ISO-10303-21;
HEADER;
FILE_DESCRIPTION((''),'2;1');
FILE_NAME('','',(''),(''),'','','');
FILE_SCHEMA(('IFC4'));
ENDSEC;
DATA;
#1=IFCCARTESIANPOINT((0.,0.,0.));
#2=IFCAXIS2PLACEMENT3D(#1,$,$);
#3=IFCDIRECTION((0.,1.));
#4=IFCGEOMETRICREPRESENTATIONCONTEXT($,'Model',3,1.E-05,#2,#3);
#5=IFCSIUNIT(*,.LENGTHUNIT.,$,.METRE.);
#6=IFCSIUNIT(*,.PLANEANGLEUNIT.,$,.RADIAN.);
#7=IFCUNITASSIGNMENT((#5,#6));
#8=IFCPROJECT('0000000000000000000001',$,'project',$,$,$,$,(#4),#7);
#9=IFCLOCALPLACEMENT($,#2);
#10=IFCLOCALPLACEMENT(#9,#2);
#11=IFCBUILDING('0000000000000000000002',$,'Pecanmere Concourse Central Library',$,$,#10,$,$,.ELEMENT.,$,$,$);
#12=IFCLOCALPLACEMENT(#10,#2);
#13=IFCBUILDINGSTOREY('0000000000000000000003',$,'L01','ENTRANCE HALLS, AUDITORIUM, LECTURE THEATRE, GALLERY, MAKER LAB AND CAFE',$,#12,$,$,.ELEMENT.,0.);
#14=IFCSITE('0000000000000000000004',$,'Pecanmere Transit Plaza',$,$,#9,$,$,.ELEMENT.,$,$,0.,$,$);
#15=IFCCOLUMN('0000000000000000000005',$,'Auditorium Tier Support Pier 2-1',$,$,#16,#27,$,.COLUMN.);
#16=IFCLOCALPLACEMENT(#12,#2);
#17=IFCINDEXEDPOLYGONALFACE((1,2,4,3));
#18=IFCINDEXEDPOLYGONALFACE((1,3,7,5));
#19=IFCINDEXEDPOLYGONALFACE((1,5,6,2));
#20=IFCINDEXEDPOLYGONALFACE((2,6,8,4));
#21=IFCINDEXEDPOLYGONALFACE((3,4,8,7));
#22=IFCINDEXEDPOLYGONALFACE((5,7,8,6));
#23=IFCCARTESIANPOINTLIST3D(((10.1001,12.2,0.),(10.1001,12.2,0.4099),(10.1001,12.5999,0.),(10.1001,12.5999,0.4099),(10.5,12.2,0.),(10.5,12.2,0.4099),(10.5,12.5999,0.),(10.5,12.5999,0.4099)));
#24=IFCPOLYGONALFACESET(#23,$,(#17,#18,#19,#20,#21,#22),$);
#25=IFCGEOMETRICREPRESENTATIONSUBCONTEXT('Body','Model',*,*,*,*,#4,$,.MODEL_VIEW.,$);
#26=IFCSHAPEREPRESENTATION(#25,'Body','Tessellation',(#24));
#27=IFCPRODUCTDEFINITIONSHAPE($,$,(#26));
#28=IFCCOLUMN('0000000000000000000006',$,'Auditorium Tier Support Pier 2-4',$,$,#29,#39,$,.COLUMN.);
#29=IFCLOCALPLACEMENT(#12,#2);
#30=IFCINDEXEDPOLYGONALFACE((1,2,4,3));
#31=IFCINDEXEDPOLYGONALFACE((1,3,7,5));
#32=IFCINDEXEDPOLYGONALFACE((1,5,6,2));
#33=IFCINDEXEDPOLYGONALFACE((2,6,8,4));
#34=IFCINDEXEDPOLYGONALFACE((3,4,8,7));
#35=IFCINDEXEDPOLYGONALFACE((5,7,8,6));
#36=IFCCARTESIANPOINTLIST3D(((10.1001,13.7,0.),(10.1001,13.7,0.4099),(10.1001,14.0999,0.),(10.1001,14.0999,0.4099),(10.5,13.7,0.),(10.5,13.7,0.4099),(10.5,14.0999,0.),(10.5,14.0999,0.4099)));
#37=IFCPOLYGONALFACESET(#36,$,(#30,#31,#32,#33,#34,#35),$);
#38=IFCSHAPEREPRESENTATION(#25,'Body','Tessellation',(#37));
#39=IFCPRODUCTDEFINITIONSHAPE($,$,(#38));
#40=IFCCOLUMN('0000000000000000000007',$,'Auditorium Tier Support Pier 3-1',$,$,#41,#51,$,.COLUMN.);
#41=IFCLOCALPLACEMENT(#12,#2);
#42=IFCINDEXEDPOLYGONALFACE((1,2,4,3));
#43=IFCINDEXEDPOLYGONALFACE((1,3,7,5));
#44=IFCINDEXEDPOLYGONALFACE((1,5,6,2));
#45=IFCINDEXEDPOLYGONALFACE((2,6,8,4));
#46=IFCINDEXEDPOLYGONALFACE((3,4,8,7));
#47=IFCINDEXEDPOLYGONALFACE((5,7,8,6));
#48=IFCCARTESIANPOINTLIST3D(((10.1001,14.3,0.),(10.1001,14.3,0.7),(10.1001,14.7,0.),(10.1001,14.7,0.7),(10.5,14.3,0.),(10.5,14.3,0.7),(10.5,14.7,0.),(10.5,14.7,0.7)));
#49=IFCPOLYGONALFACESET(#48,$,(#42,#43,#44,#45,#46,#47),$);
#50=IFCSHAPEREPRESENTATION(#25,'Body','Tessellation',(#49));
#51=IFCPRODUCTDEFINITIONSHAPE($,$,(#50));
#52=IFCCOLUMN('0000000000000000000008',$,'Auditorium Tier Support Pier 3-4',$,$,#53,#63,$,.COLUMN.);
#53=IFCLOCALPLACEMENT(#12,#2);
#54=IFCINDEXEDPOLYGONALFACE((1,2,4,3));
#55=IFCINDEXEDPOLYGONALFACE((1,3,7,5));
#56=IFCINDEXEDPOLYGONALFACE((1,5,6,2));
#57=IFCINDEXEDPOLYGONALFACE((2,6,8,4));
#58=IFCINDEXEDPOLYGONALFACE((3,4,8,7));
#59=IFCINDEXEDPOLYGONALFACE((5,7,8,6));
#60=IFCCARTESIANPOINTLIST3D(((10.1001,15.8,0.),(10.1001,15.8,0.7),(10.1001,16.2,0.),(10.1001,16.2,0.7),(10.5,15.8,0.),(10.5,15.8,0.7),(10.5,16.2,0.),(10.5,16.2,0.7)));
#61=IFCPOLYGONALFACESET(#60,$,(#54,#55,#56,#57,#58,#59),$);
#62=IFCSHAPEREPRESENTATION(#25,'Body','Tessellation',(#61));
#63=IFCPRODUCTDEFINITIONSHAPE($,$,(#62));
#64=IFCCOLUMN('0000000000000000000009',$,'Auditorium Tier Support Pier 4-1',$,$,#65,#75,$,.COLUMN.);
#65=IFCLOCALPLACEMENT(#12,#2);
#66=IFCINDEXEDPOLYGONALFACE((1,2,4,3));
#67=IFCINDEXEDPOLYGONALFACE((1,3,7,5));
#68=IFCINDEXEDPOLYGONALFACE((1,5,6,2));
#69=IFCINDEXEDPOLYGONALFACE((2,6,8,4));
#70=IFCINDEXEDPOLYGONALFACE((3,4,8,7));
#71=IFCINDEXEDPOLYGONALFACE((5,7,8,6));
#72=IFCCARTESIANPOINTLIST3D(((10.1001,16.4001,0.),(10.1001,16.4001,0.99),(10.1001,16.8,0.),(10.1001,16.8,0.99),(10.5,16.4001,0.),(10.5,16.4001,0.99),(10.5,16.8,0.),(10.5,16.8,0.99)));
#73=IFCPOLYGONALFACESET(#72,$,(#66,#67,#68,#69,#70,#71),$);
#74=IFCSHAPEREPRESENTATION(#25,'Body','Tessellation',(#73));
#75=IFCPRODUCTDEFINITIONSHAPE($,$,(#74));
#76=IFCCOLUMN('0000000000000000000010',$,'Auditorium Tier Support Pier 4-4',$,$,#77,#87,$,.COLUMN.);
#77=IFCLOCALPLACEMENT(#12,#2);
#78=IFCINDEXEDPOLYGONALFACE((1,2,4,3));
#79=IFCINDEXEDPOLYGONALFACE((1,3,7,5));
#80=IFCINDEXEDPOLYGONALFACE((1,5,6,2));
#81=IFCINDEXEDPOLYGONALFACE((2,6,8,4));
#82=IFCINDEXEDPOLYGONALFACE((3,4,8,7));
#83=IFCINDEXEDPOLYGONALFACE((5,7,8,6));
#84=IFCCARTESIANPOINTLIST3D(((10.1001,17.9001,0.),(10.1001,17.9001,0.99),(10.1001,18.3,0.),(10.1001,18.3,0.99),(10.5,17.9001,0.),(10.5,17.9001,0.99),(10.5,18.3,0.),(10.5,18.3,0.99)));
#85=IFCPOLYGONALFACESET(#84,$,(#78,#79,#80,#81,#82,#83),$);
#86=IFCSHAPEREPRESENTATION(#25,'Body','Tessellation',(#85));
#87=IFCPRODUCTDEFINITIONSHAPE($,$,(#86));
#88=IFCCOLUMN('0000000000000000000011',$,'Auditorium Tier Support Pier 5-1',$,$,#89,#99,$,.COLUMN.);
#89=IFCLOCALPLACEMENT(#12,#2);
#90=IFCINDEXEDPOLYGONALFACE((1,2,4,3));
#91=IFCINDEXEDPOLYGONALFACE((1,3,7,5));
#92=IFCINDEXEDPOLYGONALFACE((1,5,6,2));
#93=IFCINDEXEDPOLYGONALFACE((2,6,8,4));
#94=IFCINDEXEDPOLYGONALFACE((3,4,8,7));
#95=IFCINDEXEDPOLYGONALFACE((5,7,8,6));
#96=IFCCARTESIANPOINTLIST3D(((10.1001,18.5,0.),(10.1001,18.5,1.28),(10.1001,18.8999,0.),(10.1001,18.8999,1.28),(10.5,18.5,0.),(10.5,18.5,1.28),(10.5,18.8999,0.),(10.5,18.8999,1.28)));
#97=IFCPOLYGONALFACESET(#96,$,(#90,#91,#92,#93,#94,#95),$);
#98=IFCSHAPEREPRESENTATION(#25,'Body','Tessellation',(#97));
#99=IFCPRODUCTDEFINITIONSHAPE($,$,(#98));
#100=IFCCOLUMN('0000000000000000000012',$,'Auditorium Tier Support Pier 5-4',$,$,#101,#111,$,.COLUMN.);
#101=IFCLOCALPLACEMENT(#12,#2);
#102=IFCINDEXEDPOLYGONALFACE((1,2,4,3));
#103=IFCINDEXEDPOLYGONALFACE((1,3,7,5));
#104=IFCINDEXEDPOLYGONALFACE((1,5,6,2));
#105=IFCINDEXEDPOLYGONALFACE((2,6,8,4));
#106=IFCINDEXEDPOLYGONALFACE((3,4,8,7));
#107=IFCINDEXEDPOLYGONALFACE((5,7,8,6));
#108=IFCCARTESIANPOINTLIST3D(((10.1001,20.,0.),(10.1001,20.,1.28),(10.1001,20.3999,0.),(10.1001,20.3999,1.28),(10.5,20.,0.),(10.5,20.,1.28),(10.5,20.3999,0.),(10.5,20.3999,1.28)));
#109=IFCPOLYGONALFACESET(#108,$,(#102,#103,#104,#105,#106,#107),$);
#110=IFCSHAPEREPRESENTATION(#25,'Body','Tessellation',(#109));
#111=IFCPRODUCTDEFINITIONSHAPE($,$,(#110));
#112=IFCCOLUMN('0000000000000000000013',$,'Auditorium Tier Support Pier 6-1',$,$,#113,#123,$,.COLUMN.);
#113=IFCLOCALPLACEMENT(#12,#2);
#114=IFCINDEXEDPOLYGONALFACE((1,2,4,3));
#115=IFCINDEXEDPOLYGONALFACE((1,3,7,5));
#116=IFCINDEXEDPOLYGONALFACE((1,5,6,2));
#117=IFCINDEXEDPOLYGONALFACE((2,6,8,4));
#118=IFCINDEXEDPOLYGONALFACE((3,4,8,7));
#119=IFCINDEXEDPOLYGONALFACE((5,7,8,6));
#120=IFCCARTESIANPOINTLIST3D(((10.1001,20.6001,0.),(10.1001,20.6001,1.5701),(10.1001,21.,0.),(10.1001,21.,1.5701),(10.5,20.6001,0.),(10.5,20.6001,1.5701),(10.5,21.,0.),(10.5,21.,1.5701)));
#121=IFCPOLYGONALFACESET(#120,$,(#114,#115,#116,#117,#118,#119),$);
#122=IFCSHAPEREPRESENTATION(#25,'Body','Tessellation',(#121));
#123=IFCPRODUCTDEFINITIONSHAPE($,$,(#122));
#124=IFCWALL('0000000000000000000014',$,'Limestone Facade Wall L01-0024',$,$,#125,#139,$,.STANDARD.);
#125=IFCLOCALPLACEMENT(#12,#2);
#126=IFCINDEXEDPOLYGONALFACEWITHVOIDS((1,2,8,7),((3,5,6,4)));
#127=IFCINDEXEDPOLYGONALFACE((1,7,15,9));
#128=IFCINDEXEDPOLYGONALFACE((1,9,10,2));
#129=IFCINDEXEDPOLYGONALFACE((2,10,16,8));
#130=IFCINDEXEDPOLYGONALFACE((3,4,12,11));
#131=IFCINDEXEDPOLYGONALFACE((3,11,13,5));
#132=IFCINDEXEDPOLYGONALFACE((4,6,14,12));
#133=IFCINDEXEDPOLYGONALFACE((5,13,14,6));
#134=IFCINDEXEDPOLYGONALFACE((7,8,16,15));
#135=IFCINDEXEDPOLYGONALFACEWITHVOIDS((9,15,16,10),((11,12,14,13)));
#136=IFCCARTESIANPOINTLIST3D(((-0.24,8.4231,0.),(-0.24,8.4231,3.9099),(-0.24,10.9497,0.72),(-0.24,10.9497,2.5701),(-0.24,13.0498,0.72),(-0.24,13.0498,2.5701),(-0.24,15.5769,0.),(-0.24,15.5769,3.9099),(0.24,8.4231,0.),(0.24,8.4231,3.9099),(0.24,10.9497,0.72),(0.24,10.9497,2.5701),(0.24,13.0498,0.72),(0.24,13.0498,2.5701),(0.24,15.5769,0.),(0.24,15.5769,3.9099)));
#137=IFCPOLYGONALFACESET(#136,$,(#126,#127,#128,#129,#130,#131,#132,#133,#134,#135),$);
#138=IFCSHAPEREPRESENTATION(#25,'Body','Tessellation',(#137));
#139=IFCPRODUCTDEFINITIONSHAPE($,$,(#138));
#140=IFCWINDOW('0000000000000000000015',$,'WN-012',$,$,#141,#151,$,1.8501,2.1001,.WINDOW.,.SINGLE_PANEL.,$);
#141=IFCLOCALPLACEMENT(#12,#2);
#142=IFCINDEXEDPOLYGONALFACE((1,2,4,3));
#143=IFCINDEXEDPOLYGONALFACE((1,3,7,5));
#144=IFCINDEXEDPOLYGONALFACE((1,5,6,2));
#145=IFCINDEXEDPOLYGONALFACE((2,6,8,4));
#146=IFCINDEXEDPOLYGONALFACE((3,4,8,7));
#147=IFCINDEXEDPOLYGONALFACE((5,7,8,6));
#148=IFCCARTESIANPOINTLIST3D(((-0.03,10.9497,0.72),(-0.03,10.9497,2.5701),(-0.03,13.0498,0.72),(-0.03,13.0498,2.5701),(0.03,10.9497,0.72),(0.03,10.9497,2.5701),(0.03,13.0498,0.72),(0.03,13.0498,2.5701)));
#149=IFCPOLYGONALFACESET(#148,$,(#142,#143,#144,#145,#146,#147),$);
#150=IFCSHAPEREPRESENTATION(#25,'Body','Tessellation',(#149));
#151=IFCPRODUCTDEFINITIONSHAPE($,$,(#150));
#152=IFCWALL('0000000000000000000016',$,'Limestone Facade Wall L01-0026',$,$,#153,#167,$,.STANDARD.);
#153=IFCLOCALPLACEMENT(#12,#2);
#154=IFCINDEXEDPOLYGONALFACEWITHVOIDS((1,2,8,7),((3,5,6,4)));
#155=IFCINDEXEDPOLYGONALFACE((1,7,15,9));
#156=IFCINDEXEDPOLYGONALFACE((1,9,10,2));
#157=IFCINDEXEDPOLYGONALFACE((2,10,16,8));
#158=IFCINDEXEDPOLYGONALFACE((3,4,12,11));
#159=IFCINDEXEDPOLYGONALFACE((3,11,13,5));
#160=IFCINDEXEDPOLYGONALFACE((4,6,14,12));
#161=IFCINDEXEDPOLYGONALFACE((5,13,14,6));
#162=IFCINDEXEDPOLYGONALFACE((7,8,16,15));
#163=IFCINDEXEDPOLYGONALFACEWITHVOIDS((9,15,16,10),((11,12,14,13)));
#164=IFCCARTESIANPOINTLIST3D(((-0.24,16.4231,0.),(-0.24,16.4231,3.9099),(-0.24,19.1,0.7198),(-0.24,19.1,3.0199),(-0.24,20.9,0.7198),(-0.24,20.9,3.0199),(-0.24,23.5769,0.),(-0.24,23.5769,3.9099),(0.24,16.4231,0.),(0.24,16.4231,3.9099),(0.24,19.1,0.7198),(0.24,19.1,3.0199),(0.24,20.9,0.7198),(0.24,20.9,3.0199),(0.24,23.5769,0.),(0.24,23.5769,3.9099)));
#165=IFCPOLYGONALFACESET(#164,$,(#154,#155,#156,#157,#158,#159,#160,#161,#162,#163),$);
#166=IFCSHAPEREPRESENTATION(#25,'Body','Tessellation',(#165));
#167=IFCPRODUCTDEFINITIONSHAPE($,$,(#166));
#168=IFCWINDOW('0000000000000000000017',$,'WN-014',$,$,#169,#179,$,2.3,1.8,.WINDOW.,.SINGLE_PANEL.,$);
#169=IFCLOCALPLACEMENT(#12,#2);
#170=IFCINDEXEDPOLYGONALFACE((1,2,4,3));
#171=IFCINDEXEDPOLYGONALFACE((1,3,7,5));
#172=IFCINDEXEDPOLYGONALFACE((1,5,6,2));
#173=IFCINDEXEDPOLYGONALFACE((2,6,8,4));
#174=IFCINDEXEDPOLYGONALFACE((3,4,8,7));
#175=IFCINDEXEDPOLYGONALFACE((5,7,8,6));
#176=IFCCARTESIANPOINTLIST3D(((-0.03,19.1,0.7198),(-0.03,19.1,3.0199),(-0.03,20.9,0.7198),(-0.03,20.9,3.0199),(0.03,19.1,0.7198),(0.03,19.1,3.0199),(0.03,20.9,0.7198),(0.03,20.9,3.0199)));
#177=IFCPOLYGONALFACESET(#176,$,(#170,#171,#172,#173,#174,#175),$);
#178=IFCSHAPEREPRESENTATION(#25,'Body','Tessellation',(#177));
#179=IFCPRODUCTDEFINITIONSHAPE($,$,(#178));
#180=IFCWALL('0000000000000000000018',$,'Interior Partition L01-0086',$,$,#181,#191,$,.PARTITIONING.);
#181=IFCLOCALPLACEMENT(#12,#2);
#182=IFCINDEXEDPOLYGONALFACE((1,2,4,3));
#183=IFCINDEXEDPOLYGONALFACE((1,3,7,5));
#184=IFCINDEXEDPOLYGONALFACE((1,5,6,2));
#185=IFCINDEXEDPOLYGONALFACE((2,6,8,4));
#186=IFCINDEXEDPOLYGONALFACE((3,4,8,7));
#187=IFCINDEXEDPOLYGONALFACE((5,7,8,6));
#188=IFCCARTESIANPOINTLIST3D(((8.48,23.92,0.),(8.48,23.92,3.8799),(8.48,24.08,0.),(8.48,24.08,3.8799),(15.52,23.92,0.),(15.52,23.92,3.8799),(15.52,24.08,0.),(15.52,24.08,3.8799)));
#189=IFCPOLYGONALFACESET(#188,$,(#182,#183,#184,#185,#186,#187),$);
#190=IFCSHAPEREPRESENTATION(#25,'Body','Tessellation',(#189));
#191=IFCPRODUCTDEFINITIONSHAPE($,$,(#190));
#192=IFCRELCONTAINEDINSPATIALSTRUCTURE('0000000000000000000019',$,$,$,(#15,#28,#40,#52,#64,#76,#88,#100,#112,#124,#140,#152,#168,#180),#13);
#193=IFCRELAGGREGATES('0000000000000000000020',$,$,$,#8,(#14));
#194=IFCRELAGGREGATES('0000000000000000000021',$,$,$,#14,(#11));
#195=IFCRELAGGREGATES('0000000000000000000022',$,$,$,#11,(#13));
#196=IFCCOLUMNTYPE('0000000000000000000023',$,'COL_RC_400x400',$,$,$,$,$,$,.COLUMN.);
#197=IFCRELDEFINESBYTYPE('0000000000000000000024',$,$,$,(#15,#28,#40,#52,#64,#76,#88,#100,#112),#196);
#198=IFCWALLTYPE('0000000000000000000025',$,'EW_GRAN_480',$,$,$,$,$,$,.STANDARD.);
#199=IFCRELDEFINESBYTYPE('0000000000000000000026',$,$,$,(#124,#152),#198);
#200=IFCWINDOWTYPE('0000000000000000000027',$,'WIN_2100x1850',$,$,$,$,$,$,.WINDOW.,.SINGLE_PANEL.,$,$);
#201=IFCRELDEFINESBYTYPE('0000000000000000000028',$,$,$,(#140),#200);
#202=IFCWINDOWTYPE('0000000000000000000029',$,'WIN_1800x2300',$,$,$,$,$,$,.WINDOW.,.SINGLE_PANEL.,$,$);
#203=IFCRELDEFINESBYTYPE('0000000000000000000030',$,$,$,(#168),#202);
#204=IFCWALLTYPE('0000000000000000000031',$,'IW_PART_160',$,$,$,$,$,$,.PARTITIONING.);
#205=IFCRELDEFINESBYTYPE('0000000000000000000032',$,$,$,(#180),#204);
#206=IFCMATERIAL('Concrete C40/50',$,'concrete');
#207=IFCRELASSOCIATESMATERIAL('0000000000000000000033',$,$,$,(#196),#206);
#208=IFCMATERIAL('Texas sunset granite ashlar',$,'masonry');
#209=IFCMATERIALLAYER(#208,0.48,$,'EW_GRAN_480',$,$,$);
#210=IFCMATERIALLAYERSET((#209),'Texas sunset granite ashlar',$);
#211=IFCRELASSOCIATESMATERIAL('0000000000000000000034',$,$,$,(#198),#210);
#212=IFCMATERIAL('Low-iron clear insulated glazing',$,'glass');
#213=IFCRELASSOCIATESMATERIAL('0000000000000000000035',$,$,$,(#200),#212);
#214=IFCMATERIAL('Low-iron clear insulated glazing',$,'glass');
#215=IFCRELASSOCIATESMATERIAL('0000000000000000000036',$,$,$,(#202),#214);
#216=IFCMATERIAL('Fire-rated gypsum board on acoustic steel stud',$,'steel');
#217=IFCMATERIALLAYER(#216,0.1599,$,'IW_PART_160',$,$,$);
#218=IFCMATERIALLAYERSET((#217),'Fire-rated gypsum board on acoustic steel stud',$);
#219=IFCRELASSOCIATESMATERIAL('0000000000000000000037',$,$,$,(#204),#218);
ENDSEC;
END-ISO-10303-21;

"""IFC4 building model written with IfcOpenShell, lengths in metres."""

from ifc_helpers import new_model, si_unit, direction, frame, frame_2d, origin, origin_2d, place, context, subcontext, project, spatial, rectangle, extrude, material, layer, layer_set, material_profile, profile_set, type_object, element, fill, save


model = new_model("IFC4")

# Units and contexts
model_context = context("Model", 3, precision=1e-05, world=origin(), true_north=direction((0.0, 1.0)))
body_context = subcontext(model_context, "Body", "Model", "MODEL_VIEW")
ifc_project = project(units=[si_unit("LENGTHUNIT", "METRE"), si_unit("PLANEANGLEUNIT", "RADIAN")], contexts=[model_context])

# Site, building, storey
site_placement = place(None, origin())
site = spatial("IfcSite", under=ifc_project, at=site_placement, Name="Pecanmere Transit Plaza", CompositionType="ELEMENT", RefElevation=0.0)
building_placement = place(site_placement, origin())
building = spatial("IfcBuilding", under=site, at=building_placement, Name="Pecanmere Concourse Central Library", CompositionType="ELEMENT")
storey_placement = place(building_placement, origin())
storey = spatial("IfcBuildingStorey", under=building, at=storey_placement, Name="L01", Description="ENTRANCE HALLS, AUDITORIUM, LECTURE THEATRE, GALLERY, MAKER LAB AND CAFE", CompositionType="ELEMENT", Elevation=0.0)

# Columns
ifc_material_1 = material(Name="Concrete C40/50", Category="concrete")
ifc_material_profile_1 = material_profile(ifc_material_1, rectangle(XDim=0.3999, YDim=0.3999, at=origin_2d()), Name="RC 400x400")
ifc_profile_set_1 = profile_set([ifc_material_profile_1], Name="Concrete C40/50")
column_type_1 = type_object("IfcColumnType", Name="COL_RC_400x400", PredefinedType="COLUMN", material=ifc_profile_set_1)
for number, where, z_axis, x_axis, name in (
    (1, (10.3, 12.3999, 0.0), (0.0, 0.0, 1.0), (1.0, 0.0, 0.0), "Auditorium Tier Support Pier 2-1"),
    (2, (10.3, 13.8999, 0.0), (0.0, 0.0, 1.0), (1.0, 0.0, 0.0), "Auditorium Tier Support Pier 2-4"),
):
    element("IfcColumn", number, at=place(storey_placement, frame(where, z_axis=z_axis, x_axis=x_axis)), inside=storey, type_object=column_type_1, Name=name, PredefinedType="COLUMN", context=body_context, shape_type="SweptSolid", body=[
        extrude(rectangle(XDim=0.3999, YDim=0.3999, at=origin_2d()), origin(), (0.0, 0.0, 1.0), 0.4099),
    ])
for number, where, z_axis, x_axis, name in (
    (3, (10.3, 14.5, 0.0), (0.0, 0.0, 1.0), (1.0, 0.0, 0.0), "Auditorium Tier Support Pier 3-1"),
    (4, (10.3, 16.0, 0.0), (0.0, 0.0, 1.0), (1.0, 0.0, 0.0), "Auditorium Tier Support Pier 3-4"),
):
    element("IfcColumn", number, at=place(storey_placement, frame(where, z_axis=z_axis, x_axis=x_axis)), inside=storey, type_object=column_type_1, Name=name, PredefinedType="COLUMN", context=body_context, shape_type="SweptSolid", body=[
        extrude(rectangle(XDim=0.3999, YDim=0.3999, at=origin_2d()), origin(), (0.0, 0.0, 1.0), 0.7),
    ])
for number, where, z_axis, x_axis, name in (
    (5, (10.3, 16.6001, 0.0), (0.0, 0.0, 1.0), (1.0, 0.0, 0.0), "Auditorium Tier Support Pier 4-1"),
    (6, (10.3, 18.1001, 0.0), (0.0, 0.0, 1.0), (1.0, 0.0, 0.0), "Auditorium Tier Support Pier 4-4"),
):
    element("IfcColumn", number, at=place(storey_placement, frame(where, z_axis=z_axis, x_axis=x_axis)), inside=storey, type_object=column_type_1, Name=name, PredefinedType="COLUMN", context=body_context, shape_type="SweptSolid", body=[
        extrude(rectangle(XDim=0.3999, YDim=0.3999, at=origin_2d()), origin(), (0.0, 0.0, 1.0), 0.99),
    ])
for number, where, z_axis, x_axis, name in (
    (7, (10.3, 18.7, 0.0), (0.0, 0.0, 1.0), (1.0, 0.0, 0.0), "Auditorium Tier Support Pier 5-1"),
    (8, (10.3, 20.2, 0.0), (0.0, 0.0, 1.0), (1.0, 0.0, 0.0), "Auditorium Tier Support Pier 5-4"),
):
    element("IfcColumn", number, at=place(storey_placement, frame(where, z_axis=z_axis, x_axis=x_axis)), inside=storey, type_object=column_type_1, Name=name, PredefinedType="COLUMN", context=body_context, shape_type="SweptSolid", body=[
        extrude(rectangle(XDim=0.3999, YDim=0.3999, at=origin_2d()), origin(), (0.0, 0.0, 1.0), 1.28),
    ])
column_placement = place(storey_placement, frame((10.3, 20.8, 0.0), z_axis=(0.0, 0.0, 1.0), x_axis=(1.0, 0.0, 0.0)))
element("IfcColumn", 9, at=column_placement, inside=storey, type_object=column_type_1, Name="Auditorium Tier Support Pier 6-1", PredefinedType="COLUMN", context=body_context, shape_type="SweptSolid", body=[
    extrude(rectangle(XDim=0.3999, YDim=0.3999, at=origin_2d()), origin(), (0.0, 0.0, 1.0), 1.5701),
])

# Walls, openings, windows
ifc_material_2 = material(Name="Texas sunset granite ashlar", Category="masonry")
ifc_layer_1 = layer(ifc_material_2, 0.48, Name="EW_GRAN_480")
ifc_layer_set_1 = layer_set([ifc_layer_1], Name="Texas sunset granite ashlar")
wall_type_1 = type_object("IfcWallType", Name="EW_GRAN_480", PredefinedType="STANDARD", material=ifc_layer_set_1)
wall_1_placement = place(storey_placement, frame((0.0, 15.5769, 0.0), z_axis=(0.0, 0.0, 1.0), x_axis=(0.0, -1.0, 0.0)))
wall_1 = element("IfcWall", 10, at=wall_1_placement, inside=storey, type_object=wall_type_1, Name="Limestone Facade Wall L01-0024", PredefinedType="STANDARD", context=body_context, shape_type="SweptSolid", body=[
    extrude(rectangle(XDim=7.1538, YDim=0.48, at=frame_2d((3.5769, 0.0))), origin(), (0.0, 0.0, 1.0), 3.9099),
])
opening_1_placement = place(wall_1_placement, frame((2.5271, 0.0, 0.72)))
opening_1 = element("IfcOpeningElement", 11, at=opening_1_placement, cuts=wall_1, PredefinedType="OPENING", context=body_context, shape_type="SweptSolid", body=[
    extrude(rectangle(XDim=2.1001, YDim=1.8501, at=frame_2d((1.05, 0.925))), frame((0.0, 0.252, 0.0), z_axis=(0.0, -1.0, 0.0), x_axis=(1.0, 0.0, 0.0)), (0.0, 0.0, 1.0), 0.5039),
])
ifc_material_3 = material(Name="Low-iron clear insulated glazing", Category="glass")
window_type_1 = type_object("IfcWindowType", Name="WIN_2100x1850", PartitioningType="SINGLE_PANEL", PredefinedType="WINDOW", material=ifc_material_3)
window_1_placement = place(opening_1_placement, origin())
window_1 = element("IfcWindow", 12, at=window_1_placement, inside=storey, type_object=window_type_1, Name="WN-012", OverallHeight=1.8501, OverallWidth=2.1001, PartitioningType="SINGLE_PANEL", PredefinedType="WINDOW", context=body_context, shape_type="SweptSolid", body=[
    extrude(rectangle(XDim=2.1001, YDim=1.8501, at=frame_2d((1.05, 0.925))), frame((0.0, 0.03, 0.0), z_axis=(0.0, -1.0, 0.0), x_axis=(1.0, 0.0, 0.0)), (0.0, 0.0, 1.0), 0.0601),
])
fill(opening_1, window_1)
wall_2_placement = place(storey_placement, frame((0.0, 23.5769, 0.0), z_axis=(0.0, 0.0, 1.0), x_axis=(0.0, -1.0, 0.0)))
wall_2 = element("IfcWall", 13, at=wall_2_placement, inside=storey, type_object=wall_type_1, Name="Limestone Facade Wall L01-0026", PredefinedType="STANDARD", context=body_context, shape_type="SweptSolid", body=[
    extrude(rectangle(XDim=7.1538, YDim=0.48, at=frame_2d((3.5769, 0.0))), origin(), (0.0, 0.0, 1.0), 3.9099),
])
opening_2_placement = place(wall_2_placement, frame((2.677, 0.0, 0.72)))
opening_2 = element("IfcOpeningElement", 14, at=opening_2_placement, cuts=wall_2, PredefinedType="OPENING", context=body_context, shape_type="SweptSolid", body=[
    extrude(rectangle(XDim=1.8, YDim=2.3, at=frame_2d((0.8999, 1.1499))), frame((0.0, 0.252, 0.0), z_axis=(0.0, -1.0, 0.0), x_axis=(1.0, 0.0, 0.0)), (0.0, 0.0, 1.0), 0.5039),
])
ifc_material_4 = material(Name="Low-iron clear insulated glazing", Category="glass")
window_type_2 = type_object("IfcWindowType", Name="WIN_1800x2300", PartitioningType="SINGLE_PANEL", PredefinedType="WINDOW", material=ifc_material_4)
window_2_placement = place(opening_2_placement, origin())
window_2 = element("IfcWindow", 15, at=window_2_placement, inside=storey, type_object=window_type_2, Name="WN-014", OverallHeight=2.3, OverallWidth=1.8, PartitioningType="SINGLE_PANEL", PredefinedType="WINDOW", context=body_context, shape_type="SweptSolid", body=[
    extrude(rectangle(XDim=1.8, YDim=2.3, at=frame_2d((0.8999, 1.1499))), frame((0.0, 0.03, 0.0), z_axis=(0.0, -1.0, 0.0), x_axis=(1.0, 0.0, 0.0)), (0.0, 0.0, 1.0), 0.0601),
])
fill(opening_2, window_2)

# Wall
ifc_material_5 = material(Name="Fire-rated gypsum board on acoustic steel stud", Category="steel")
ifc_layer_2 = layer(ifc_material_5, 0.1599, Name="IW_PART_160")
ifc_layer_set_2 = layer_set([ifc_layer_2], Name="Fire-rated gypsum board on acoustic steel stud")
wall_type_2 = type_object("IfcWallType", Name="IW_PART_160", PredefinedType="PARTITIONING", material=ifc_layer_set_2)
for number, where, z_axis, x_axis, name in (
    (16, (8.48, 24.0, 0.0), (0.0, 0.0, 1.0), (1.0, 0.0, 0.0), "Interior Partition L01-0086"),
):
    element("IfcWall", number, at=place(storey_placement, frame(where, z_axis=z_axis, x_axis=x_axis)), inside=storey, type_object=wall_type_2, Name=name, PredefinedType="PARTITIONING", context=body_context, shape_type="SweptSolid", body=[
        extrude(rectangle(XDim=7.04, YDim=0.1599, at=frame_2d((3.52, 0.0))), origin(), (0.0, 0.0, 1.0), 3.8799),
    ])

save(model, "model.ifc")
